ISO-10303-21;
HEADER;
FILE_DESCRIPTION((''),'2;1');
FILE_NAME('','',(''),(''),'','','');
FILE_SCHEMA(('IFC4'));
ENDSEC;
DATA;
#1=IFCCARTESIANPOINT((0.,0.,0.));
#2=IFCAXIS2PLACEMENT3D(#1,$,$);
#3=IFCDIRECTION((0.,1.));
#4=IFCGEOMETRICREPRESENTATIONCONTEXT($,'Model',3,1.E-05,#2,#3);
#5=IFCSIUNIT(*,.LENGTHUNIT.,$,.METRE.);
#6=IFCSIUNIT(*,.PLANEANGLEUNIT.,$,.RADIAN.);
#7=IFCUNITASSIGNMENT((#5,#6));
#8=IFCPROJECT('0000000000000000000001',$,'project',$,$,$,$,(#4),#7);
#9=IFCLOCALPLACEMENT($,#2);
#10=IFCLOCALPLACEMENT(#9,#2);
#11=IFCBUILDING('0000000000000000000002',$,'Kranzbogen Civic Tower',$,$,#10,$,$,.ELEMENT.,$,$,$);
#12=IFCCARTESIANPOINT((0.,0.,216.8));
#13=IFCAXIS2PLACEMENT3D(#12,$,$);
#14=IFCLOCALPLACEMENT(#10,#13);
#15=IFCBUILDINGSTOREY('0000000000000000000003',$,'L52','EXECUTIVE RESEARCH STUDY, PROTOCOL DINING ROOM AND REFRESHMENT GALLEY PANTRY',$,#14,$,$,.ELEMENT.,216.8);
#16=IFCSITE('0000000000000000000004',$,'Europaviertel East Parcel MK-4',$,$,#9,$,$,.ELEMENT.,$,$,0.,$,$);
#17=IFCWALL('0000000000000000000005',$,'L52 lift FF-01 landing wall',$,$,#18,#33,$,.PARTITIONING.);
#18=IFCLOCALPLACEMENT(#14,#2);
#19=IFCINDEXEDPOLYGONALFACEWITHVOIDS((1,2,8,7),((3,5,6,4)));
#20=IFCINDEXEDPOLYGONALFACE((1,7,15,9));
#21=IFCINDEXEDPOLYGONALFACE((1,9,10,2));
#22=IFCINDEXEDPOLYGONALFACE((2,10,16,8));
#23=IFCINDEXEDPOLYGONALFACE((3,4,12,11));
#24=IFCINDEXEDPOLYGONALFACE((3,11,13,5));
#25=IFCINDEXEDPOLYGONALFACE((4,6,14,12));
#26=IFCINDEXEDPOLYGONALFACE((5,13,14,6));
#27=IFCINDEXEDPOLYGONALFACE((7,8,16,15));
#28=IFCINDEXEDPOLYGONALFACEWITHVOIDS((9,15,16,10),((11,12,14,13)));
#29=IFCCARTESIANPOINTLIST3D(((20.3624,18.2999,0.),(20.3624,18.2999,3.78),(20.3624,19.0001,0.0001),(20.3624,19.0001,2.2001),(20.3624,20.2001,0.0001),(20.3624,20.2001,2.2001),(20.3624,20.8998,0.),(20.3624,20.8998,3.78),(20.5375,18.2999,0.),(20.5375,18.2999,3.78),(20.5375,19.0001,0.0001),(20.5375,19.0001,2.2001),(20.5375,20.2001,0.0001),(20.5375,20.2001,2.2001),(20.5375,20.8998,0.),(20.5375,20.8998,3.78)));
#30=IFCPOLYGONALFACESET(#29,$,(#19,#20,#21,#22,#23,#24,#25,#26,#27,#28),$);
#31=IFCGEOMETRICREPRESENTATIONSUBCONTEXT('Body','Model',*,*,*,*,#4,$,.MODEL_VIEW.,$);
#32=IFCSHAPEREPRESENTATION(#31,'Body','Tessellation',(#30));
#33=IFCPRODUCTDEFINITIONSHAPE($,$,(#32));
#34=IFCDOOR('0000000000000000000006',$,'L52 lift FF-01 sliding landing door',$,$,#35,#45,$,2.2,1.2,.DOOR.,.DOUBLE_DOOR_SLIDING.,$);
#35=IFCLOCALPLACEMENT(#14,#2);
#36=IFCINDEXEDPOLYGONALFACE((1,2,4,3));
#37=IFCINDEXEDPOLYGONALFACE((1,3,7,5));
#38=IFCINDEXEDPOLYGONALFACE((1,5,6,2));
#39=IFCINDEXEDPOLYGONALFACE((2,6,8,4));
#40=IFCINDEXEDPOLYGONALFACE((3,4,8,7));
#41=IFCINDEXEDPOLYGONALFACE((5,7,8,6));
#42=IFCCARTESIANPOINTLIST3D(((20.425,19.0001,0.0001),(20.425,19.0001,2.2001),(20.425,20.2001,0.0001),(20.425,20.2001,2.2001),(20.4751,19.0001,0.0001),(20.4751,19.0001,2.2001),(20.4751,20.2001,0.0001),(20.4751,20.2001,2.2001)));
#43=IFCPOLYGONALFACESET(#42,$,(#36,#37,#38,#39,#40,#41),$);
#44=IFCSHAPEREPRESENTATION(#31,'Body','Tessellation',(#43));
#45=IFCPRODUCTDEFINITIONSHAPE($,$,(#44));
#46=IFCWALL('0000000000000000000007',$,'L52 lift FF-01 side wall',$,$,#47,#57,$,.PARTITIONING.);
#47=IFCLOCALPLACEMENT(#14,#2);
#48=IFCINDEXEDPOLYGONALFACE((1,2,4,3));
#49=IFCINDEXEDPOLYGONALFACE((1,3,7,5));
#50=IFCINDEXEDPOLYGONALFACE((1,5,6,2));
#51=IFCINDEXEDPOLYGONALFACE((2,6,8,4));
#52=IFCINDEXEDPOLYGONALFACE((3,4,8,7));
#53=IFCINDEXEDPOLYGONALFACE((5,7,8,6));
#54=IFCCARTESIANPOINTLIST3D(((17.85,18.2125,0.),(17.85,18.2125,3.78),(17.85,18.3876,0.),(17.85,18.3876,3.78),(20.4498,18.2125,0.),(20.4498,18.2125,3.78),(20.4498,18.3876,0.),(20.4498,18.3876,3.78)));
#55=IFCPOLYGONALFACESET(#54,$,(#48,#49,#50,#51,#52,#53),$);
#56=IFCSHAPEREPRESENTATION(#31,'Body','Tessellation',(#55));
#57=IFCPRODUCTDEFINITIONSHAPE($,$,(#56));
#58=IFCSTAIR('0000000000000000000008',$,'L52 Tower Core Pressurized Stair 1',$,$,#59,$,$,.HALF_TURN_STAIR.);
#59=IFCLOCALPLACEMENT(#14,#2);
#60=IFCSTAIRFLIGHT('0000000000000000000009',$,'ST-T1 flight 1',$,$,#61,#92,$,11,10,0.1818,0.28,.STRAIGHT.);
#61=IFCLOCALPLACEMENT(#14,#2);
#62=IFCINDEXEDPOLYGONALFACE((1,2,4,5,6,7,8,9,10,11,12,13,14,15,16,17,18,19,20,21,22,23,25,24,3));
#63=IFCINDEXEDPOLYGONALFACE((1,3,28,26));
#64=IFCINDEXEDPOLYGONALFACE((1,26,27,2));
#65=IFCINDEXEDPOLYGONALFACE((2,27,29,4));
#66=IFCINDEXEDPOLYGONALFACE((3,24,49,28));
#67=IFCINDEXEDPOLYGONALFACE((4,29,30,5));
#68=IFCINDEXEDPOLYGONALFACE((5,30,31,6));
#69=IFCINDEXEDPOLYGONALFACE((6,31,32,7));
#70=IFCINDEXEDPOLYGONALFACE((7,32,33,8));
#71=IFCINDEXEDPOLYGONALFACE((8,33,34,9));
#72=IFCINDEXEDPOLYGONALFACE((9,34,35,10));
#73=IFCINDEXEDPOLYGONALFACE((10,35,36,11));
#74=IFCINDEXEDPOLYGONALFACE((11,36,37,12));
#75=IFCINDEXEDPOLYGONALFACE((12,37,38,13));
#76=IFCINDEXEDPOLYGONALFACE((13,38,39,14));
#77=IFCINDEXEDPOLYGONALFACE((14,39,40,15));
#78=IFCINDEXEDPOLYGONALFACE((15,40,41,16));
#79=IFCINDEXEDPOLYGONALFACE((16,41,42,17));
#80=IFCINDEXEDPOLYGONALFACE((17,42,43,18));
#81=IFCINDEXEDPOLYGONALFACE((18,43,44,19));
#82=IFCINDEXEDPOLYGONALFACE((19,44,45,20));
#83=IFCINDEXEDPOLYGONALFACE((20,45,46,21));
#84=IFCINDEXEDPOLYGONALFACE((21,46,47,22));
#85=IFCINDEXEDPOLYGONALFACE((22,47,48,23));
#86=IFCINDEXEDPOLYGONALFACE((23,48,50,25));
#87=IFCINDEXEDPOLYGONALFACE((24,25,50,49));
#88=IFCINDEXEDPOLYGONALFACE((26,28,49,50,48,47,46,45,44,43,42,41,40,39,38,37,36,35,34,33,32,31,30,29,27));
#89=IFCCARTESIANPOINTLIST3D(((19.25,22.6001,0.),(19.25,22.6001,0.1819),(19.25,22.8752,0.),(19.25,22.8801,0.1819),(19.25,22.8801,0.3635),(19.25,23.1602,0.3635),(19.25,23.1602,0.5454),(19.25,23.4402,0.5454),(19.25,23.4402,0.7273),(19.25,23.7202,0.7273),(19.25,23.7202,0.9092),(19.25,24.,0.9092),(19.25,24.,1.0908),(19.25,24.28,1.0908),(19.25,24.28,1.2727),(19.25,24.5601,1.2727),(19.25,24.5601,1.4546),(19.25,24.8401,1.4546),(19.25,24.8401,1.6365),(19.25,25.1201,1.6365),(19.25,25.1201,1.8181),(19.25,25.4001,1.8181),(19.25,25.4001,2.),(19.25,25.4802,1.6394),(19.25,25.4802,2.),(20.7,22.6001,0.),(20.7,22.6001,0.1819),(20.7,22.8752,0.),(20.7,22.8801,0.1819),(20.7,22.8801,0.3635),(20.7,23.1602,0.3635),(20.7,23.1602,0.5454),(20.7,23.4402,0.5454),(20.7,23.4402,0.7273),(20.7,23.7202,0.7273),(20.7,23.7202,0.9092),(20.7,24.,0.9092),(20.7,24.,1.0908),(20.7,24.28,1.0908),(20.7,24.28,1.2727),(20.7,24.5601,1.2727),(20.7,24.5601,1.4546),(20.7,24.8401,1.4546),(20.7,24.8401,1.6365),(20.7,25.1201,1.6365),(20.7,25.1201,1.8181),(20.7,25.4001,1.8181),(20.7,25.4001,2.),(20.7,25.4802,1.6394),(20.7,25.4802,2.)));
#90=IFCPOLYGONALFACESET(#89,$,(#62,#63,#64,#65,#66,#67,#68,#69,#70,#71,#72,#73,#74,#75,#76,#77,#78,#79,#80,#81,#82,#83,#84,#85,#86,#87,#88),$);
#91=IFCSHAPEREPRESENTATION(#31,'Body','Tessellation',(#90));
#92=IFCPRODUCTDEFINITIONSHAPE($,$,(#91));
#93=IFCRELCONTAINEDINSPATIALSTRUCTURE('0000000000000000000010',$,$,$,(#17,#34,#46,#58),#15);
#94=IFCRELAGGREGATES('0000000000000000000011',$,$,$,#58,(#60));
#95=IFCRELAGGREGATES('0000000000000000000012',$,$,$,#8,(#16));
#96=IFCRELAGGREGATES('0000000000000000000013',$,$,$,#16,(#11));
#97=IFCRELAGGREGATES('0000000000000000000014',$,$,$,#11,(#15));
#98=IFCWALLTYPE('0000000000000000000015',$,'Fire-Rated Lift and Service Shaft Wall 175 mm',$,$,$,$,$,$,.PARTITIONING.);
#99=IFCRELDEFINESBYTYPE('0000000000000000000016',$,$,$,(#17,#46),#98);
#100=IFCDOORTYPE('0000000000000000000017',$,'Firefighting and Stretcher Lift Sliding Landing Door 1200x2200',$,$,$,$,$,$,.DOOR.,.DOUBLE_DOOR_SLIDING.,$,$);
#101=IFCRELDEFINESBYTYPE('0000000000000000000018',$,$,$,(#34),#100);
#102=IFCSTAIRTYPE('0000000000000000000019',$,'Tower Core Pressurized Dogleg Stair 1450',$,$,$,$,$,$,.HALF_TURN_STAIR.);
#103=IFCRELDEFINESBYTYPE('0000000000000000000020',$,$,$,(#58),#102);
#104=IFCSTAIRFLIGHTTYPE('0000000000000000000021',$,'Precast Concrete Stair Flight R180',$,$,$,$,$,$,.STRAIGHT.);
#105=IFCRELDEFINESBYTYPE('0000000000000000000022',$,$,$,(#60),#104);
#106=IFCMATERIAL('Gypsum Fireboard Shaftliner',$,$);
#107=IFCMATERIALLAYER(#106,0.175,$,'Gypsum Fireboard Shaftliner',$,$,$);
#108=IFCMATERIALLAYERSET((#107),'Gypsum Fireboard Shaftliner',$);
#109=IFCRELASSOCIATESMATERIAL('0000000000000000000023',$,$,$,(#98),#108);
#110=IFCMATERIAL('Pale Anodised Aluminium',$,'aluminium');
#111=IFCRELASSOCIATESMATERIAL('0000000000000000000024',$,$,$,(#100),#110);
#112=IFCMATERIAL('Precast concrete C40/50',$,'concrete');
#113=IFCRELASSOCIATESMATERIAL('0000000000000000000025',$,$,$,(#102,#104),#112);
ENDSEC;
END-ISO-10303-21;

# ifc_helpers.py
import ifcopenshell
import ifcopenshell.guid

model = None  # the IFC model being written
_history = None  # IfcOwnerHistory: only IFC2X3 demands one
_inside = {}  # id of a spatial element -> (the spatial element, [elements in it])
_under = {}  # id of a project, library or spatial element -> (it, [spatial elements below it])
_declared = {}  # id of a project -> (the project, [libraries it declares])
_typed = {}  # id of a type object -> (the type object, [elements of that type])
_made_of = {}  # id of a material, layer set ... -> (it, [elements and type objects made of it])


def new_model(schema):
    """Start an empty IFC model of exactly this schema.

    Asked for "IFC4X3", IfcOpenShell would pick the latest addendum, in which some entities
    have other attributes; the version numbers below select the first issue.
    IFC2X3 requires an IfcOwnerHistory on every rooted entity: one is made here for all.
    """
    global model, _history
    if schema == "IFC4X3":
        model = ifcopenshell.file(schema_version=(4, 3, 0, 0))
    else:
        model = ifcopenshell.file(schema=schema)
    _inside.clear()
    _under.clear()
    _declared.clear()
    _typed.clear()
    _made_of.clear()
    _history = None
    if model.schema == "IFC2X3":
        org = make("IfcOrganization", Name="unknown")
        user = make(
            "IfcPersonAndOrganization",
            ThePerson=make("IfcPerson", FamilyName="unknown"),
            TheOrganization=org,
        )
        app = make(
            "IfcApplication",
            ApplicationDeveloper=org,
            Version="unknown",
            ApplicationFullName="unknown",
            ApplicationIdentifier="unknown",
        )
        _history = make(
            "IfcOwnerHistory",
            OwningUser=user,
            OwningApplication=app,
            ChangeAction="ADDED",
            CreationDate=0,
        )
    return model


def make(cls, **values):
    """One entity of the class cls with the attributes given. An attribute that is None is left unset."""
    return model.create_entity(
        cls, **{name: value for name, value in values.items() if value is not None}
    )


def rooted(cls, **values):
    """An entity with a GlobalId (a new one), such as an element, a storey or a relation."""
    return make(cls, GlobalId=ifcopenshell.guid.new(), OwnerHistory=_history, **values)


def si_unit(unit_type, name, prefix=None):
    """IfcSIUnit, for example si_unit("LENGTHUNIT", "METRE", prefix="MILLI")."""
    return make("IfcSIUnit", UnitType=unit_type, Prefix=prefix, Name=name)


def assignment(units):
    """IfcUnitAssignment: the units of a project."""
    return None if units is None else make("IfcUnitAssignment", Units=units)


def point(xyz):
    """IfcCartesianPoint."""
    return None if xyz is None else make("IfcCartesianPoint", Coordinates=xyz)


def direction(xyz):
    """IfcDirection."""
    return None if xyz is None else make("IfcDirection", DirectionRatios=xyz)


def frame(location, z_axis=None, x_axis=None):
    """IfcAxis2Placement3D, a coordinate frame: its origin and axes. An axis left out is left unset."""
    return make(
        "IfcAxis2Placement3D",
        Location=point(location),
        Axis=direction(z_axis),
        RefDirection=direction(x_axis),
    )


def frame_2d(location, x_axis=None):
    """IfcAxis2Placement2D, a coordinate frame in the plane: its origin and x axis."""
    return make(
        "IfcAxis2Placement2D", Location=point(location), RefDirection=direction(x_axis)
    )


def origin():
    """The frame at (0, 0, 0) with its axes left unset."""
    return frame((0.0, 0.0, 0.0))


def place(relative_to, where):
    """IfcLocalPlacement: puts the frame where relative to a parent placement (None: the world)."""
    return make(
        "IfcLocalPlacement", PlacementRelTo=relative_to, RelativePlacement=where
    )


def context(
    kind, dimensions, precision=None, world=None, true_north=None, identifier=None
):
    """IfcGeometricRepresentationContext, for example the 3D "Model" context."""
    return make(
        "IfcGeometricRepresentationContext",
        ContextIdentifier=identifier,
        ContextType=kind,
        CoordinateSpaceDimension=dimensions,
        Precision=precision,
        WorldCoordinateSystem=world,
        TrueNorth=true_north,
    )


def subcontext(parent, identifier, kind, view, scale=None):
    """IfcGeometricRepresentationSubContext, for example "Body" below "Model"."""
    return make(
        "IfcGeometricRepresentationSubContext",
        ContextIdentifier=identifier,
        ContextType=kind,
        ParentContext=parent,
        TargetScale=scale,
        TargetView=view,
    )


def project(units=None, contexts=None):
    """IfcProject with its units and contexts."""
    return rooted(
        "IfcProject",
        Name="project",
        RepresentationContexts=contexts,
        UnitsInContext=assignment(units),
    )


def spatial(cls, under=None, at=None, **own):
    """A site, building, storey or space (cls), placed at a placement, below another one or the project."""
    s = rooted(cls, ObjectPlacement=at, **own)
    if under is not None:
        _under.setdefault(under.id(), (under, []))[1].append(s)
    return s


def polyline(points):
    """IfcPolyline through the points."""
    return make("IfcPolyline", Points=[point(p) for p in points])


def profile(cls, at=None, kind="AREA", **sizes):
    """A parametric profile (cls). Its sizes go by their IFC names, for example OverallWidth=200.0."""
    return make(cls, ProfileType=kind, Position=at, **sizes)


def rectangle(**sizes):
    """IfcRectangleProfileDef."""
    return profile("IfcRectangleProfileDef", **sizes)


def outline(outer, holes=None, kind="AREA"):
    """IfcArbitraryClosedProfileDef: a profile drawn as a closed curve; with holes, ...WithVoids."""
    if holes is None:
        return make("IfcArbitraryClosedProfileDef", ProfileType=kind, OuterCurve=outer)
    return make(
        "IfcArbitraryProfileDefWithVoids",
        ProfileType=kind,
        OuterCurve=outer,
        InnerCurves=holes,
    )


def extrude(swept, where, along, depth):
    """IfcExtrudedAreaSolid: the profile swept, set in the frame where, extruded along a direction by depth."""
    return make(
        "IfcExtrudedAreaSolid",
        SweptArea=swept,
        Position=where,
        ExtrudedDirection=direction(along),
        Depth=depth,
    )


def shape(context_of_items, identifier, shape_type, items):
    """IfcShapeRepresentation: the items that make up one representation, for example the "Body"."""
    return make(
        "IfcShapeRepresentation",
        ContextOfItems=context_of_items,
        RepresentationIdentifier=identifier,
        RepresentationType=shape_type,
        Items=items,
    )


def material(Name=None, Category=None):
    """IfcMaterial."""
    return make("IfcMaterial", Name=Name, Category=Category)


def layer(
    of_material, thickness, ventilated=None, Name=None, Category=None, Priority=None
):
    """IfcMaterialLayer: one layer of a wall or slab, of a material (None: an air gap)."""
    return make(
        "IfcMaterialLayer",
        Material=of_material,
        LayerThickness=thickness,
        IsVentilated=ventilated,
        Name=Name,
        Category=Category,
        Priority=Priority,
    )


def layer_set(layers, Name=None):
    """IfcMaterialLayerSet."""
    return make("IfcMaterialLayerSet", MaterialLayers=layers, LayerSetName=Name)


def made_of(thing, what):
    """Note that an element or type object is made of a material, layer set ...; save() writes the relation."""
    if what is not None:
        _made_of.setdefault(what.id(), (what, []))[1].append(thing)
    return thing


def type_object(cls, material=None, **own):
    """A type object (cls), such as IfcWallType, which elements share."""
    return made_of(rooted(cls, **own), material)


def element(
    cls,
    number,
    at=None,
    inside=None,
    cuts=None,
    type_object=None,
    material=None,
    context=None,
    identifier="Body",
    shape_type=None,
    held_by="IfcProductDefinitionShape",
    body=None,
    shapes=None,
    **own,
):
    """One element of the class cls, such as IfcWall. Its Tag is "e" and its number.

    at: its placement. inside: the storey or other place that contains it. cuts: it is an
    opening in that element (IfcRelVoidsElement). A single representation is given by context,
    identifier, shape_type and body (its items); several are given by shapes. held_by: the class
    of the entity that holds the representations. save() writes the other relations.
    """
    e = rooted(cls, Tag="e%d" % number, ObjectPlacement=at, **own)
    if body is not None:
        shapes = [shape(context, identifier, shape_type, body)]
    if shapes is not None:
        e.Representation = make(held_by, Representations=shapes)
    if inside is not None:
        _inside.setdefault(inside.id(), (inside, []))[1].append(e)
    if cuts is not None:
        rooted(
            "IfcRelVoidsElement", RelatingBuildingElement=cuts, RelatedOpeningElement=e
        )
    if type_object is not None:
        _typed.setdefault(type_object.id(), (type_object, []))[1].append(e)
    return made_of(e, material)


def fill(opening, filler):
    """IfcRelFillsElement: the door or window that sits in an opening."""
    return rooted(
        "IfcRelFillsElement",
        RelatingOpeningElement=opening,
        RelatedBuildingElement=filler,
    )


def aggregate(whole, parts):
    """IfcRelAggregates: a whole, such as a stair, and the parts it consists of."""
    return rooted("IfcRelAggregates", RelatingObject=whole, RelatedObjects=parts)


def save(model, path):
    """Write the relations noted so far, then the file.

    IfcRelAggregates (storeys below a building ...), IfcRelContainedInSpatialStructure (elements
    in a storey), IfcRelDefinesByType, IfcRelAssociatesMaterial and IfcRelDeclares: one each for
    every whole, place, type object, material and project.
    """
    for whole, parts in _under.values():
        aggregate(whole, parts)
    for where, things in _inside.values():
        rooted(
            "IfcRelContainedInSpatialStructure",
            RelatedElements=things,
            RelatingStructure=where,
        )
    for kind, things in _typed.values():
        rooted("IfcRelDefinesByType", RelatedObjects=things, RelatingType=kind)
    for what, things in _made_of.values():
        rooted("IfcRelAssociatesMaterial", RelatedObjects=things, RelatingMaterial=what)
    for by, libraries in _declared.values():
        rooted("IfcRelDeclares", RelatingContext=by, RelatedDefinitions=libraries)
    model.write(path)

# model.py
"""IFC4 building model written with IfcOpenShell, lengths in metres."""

from ifc_helpers import new_model, si_unit, direction, frame, frame_2d, origin, place, context, subcontext, project, spatial, polyline, rectangle, outline, extrude, material, layer, layer_set, type_object, element, fill, aggregate, save


model = new_model("IFC4")

# Units and contexts
model_context = context("Model", 3, precision=1e-05, world=origin(), true_north=direction((0.0, 1.0)))
body_context = subcontext(model_context, "Body", "Model", "MODEL_VIEW")
ifc_project = project(units=[si_unit("LENGTHUNIT", "METRE"), si_unit("PLANEANGLEUNIT", "RADIAN")], contexts=[model_context])

# Site, building, storey
site_placement = place(None, origin())
site = spatial("IfcSite", under=ifc_project, at=site_placement, Name="Europaviertel East Parcel MK-4", CompositionType="ELEMENT", RefElevation=0.0)
building_placement = place(site_placement, origin())
building = spatial("IfcBuilding", under=site, at=building_placement, Name="Kranzbogen Civic Tower", CompositionType="ELEMENT")
storey_placement = place(building_placement, frame((0.0, 0.0, 216.8)))
storey = spatial("IfcBuildingStorey", under=building, at=storey_placement, Name="L52", Description="EXECUTIVE RESEARCH STUDY, PROTOCOL DINING ROOM AND REFRESHMENT GALLEY PANTRY", CompositionType="ELEMENT", Elevation=216.8)

# Shared definitions
ifc_material_1 = material(Name="Pale Anodised Aluminium", Category="aluminium")

# Wall, opening, door
ifc_material_2 = material(Name="Gypsum Fireboard Shaftliner")
ifc_layer_1 = layer(ifc_material_2, 0.175, Name="Gypsum Fireboard Shaftliner")
ifc_layer_set_1 = layer_set([ifc_layer_1], Name="Gypsum Fireboard Shaftliner")
wall_type_1 = type_object("IfcWallType", Name="Fire-Rated Lift and Service Shaft Wall 175 mm", PredefinedType="PARTITIONING", material=ifc_layer_set_1)
wall_1_placement = place(storey_placement, frame((20.45, 18.3, 0.0), z_axis=(0.0, 0.0, 1.0), x_axis=(0.0, 1.0, 0.0)))
wall_1 = element("IfcWall", 1, at=wall_1_placement, inside=storey, type_object=wall_type_1, Name="L52 lift FF-01 landing wall", PredefinedType="PARTITIONING", context=body_context, shape_type="SweptSolid", body=[
    extrude(rectangle(XDim=2.5999, YDim=0.175, at=frame_2d((1.2998, 0.0))), origin(), (0.0, 0.0, 1.0), 3.78),
])
opening_1_placement = place(wall_1_placement, frame((0.7, 0.0, 0.0)))
opening_1 = element("IfcOpeningElement", 2, at=opening_1_placement, cuts=wall_1, PredefinedType="OPENING", context=body_context, shape_type="SweptSolid", body=[
    extrude(rectangle(XDim=1.2, YDim=2.2, at=frame_2d((0.6001, 1.1001))), frame((0.0, 0.0977, 0.0), z_axis=(0.0, -1.0, 0.0), x_axis=(1.0, 0.0, 0.0)), (0.0, 0.0, 1.0), 0.1951),
])
door_type_1 = type_object("IfcDoorType", Name="Firefighting and Stretcher Lift Sliding Landing Door 1200x2200", OperationType="DOUBLE_DOOR_SLIDING", PredefinedType="DOOR", material=ifc_material_1)
door_1_placement = place(opening_1_placement, origin())
door_1 = element("IfcDoor", 3, at=door_1_placement, inside=storey, type_object=door_type_1, Name="L52 lift FF-01 sliding landing door", OperationType="DOUBLE_DOOR_SLIDING", OverallHeight=2.2, OverallWidth=1.2, PredefinedType="DOOR", context=body_context, shape_type="SweptSolid", body=[
    extrude(rectangle(XDim=1.2, YDim=2.2, at=frame_2d((0.6001, 1.1001))), frame((0.0, 0.0249, 0.0), z_axis=(0.0, -1.0, 0.0), x_axis=(1.0, 0.0, 0.0)), (0.0, 0.0, 1.0), 0.05),
])
fill(opening_1, door_1)

# Wall
wall_2_placement = place(storey_placement, frame((17.8501, 18.3, 0.0), z_axis=(0.0, 0.0, 1.0), x_axis=(1.0, 0.0, 0.0)))
element("IfcWall", 4, at=wall_2_placement, inside=storey, type_object=wall_type_1, Name="L52 lift FF-01 side wall", PredefinedType="PARTITIONING", context=body_context, shape_type="SweptSolid", body=[
    extrude(rectangle(XDim=2.5999, YDim=0.175, at=frame_2d((1.2998, 0.0))), origin(), (0.0, 0.0, 1.0), 3.78),
])

# Stair, stair flight
ifc_material_3 = material(Name="Precast concrete C40/50", Category="concrete")
stair_type = type_object("IfcStairType", Name="Tower Core Pressurized Dogleg Stair 1450", PredefinedType="HALF_TURN_STAIR", material=ifc_material_3)
stair_placement = place(storey_placement, origin())
stair = element("IfcStair", 5, at=stair_placement, inside=storey, type_object=stair_type, Name="L52 Tower Core Pressurized Stair 1", PredefinedType="HALF_TURN_STAIR")
stair_flight_type = type_object("IfcStairFlightType", Name="Precast Concrete Stair Flight R180", PredefinedType="STRAIGHT", material=ifc_material_3)
stair_flight_placement = place(storey_placement, frame((19.9751, 22.6001, 0.0), z_axis=(0.0, 0.0, 1.0), x_axis=(0.0, 1.0, 0.0)))
stair_flight = element("IfcStairFlight", 6, at=stair_flight_placement, type_object=stair_flight_type, Name="ST-T1 flight 1", NumberOfRisers=11, NumberOfTreads=10, PredefinedType="STRAIGHT", RiserHeight=0.1818, TreadLength=0.28, context=body_context, shape_type="SweptSolid", body=[
    extrude(outline(polyline([(0.0, 0.0), (0.0, 0.1819), (0.28, 0.1819), (0.28, 0.3635), (0.5601, 0.3635), (0.5601, 0.5454), (0.8401, 0.5454), (0.8401, 0.7273), (1.1201, 0.7273), (1.1201, 0.9092), (1.3999, 0.9092), (1.3999, 1.0908), (1.6799, 1.0908), (1.6799, 1.2727), (1.96, 1.2727), (1.96, 1.4546), (2.24, 1.4546), (2.24, 1.6365), (2.52, 1.6365), (2.52, 1.8181), (2.8, 1.8181), (2.8, 2.0), (2.8801, 2.0), (2.8801, 1.6394), (0.2751, 0.0), (0.0, 0.0)])), frame((0.0, 0.7251, 0.0), z_axis=(0.0, -1.0, 0.0), x_axis=(1.0, 0.0, 0.0)), (0.0, 0.0, 1.0), 1.45),
])
aggregate(stair, [stair_flight])

save(model, "model.ifc")
